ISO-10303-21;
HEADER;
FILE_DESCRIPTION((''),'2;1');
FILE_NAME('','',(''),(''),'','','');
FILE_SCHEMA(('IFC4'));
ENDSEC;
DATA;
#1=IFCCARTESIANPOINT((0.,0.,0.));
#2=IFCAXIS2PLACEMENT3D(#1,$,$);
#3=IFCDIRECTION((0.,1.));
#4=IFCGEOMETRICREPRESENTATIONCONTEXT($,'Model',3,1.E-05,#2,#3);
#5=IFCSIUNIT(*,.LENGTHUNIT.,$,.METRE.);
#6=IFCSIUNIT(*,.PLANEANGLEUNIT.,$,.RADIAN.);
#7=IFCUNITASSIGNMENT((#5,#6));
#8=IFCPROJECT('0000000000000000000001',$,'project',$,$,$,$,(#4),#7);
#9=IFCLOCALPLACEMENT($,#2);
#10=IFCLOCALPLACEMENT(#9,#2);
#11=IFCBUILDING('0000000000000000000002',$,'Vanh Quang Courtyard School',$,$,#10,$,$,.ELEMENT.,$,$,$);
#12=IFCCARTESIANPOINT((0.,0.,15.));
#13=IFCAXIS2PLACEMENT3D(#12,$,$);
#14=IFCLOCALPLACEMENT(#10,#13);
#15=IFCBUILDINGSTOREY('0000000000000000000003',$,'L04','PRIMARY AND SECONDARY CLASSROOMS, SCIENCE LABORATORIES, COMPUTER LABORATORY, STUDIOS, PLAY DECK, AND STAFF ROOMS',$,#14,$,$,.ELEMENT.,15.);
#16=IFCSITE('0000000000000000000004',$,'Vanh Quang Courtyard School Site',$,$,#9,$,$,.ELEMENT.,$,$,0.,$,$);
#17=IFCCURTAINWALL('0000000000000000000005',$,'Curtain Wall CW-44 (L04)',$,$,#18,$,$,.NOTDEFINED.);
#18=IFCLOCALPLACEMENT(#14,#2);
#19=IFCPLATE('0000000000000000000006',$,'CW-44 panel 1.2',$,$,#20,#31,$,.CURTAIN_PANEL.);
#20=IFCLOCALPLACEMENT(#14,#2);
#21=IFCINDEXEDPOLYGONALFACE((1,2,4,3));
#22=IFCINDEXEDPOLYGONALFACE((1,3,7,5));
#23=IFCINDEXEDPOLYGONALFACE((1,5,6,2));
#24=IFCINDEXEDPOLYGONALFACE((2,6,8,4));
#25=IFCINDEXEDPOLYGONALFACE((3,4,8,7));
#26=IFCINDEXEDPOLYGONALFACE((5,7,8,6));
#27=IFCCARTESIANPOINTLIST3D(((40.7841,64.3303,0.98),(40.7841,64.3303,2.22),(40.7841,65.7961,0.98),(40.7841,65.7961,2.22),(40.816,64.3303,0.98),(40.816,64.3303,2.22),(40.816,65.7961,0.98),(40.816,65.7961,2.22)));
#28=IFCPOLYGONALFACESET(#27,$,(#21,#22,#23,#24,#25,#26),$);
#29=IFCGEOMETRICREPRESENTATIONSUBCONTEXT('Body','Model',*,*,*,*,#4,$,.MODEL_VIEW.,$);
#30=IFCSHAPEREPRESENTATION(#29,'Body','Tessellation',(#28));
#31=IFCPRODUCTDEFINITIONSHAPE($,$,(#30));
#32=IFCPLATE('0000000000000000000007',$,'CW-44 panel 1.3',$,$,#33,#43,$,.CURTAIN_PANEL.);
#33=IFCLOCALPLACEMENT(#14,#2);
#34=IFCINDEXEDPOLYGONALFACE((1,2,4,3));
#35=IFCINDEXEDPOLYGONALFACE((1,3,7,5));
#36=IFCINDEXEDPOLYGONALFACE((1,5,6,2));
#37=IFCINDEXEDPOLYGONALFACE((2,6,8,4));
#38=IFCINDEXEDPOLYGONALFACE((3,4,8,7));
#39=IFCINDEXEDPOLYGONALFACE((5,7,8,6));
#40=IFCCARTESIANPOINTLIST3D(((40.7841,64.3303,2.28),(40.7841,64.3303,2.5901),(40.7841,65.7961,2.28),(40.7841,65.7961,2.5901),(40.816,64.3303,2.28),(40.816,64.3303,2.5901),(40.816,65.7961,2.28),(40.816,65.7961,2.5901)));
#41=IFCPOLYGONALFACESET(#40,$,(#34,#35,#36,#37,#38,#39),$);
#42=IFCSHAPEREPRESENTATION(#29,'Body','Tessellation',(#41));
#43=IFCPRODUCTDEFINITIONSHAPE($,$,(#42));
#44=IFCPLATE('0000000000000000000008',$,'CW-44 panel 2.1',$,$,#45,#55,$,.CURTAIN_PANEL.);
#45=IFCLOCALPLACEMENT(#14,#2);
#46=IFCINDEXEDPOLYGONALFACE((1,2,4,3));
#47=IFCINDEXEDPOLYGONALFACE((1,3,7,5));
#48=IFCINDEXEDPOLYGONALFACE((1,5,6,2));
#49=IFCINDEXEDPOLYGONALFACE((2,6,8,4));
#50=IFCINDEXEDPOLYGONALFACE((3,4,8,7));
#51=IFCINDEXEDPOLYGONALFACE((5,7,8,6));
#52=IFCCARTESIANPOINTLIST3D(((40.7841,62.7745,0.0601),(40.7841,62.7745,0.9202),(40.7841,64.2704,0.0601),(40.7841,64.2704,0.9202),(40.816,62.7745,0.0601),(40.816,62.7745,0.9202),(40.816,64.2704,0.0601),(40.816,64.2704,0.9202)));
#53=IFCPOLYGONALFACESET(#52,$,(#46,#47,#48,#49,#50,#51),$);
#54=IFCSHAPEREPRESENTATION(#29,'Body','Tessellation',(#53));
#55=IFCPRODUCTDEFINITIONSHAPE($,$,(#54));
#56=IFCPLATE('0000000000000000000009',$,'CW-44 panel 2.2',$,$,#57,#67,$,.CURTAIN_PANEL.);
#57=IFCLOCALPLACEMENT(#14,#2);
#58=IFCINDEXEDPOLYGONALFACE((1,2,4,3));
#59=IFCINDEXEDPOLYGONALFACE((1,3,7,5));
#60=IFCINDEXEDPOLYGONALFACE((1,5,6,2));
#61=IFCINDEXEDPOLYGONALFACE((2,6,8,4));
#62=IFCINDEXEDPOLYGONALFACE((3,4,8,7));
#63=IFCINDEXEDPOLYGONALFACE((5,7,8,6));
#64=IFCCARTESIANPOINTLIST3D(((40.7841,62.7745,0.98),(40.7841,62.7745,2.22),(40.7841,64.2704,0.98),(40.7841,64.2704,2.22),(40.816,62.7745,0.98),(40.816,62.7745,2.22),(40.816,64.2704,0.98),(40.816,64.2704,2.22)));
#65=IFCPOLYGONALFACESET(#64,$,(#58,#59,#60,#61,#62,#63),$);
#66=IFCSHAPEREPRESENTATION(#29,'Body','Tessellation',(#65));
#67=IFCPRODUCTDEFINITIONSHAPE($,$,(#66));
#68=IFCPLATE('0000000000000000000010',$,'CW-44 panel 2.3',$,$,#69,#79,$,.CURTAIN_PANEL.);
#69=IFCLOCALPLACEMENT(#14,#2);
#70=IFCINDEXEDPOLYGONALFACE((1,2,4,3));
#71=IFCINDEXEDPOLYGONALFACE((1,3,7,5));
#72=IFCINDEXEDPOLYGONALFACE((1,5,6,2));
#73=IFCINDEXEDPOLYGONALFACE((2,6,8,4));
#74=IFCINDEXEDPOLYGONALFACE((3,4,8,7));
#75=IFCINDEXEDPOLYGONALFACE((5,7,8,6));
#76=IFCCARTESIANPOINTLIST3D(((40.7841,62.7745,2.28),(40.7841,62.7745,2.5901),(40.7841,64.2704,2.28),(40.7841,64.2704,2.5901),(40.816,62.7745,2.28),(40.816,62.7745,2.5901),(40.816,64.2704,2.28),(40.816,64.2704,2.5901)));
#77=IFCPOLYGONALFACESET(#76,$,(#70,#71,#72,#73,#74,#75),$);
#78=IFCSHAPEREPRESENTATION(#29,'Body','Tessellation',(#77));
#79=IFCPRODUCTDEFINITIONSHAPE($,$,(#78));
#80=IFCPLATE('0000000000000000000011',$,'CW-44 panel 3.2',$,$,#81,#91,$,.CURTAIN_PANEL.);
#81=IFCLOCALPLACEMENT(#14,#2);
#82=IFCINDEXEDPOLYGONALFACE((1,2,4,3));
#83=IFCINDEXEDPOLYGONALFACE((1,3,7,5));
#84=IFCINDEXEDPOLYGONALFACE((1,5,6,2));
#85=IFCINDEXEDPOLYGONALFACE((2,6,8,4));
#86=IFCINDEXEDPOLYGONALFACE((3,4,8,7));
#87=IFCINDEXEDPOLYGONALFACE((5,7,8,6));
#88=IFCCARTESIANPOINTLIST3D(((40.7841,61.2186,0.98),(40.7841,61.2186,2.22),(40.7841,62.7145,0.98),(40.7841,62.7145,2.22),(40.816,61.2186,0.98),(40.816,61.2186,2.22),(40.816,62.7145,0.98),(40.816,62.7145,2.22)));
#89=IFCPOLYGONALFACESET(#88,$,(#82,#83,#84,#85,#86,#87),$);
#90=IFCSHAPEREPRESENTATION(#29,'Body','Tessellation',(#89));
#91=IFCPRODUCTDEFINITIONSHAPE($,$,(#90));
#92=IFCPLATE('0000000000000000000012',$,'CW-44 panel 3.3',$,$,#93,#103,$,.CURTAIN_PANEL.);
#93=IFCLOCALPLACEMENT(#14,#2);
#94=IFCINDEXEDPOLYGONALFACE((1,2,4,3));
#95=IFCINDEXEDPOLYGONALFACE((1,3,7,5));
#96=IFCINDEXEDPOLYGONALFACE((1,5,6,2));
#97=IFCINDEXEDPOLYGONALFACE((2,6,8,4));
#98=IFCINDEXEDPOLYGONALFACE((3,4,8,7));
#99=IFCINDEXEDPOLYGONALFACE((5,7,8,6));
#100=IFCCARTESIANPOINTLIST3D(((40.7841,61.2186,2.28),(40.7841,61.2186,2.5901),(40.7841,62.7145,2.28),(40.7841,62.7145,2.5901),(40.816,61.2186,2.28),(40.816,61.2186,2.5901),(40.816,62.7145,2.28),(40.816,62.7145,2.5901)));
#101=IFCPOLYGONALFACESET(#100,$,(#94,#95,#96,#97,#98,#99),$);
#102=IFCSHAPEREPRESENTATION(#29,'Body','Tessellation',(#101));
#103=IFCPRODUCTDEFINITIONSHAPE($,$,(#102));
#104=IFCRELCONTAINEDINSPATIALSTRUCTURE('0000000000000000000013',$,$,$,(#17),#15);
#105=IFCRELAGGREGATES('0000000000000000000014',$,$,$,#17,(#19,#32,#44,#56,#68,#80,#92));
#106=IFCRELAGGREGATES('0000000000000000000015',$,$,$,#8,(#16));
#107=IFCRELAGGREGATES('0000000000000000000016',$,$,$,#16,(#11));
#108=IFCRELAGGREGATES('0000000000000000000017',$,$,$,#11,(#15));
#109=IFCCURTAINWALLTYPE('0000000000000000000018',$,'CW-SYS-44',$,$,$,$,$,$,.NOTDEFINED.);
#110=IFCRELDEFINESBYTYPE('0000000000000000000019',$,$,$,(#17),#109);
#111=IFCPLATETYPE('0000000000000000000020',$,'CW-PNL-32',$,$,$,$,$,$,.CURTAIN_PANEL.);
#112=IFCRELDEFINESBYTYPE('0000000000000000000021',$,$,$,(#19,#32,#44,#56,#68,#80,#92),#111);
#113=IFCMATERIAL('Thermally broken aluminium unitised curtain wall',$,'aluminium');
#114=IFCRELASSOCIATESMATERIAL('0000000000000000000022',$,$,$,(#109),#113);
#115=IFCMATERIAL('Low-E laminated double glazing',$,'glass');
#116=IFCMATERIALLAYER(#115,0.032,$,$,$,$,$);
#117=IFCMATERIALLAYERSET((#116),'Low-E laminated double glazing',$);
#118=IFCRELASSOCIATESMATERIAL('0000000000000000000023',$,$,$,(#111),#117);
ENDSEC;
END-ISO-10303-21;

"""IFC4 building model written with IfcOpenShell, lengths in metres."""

from ifc_helpers import new_model, si_unit, direction, frame, origin, origin_2d, place, context, subcontext, project, spatial, rectangle, extrude, material, layer, layer_set, type_object, element, aggregate, save


model = new_model("IFC4")

# Units and contexts
model_context = context("Model", 3, precision=1e-05, world=origin(), true_north=direction((0.0, 1.0)))
body_context = subcontext(model_context, "Body", "Model", "MODEL_VIEW")
ifc_project = project(units=[si_unit("LENGTHUNIT", "METRE"), si_unit("PLANEANGLEUNIT", "RADIAN")], contexts=[model_context])

# Site, building, storey
site_placement = place(None, origin())
site = spatial("IfcSite", under=ifc_project, at=site_placement, Name="Vanh Quang Courtyard School Site", CompositionType="ELEMENT", RefElevation=0.0)
building_placement = place(site_placement, origin())
building = spatial("IfcBuilding", under=site, at=building_placement, Name="Vanh Quang Courtyard School", CompositionType="ELEMENT")
storey_placement = place(building_placement, frame((0.0, 0.0, 15.0)))
storey = spatial("IfcBuildingStorey", under=building, at=storey_placement, Name="L04", Description="PRIMARY AND SECONDARY CLASSROOMS, SCIENCE LABORATORIES, COMPUTER LABORATORY, STUDIOS, PLAY DECK, AND STAFF ROOMS", CompositionType="ELEMENT", Elevation=15.0)

# Curtain wall
ifc_material_1 = material(Name="Thermally broken aluminium unitised curtain wall", Category="aluminium")
curtain_wall_type_1 = type_object("IfcCurtainWallType", Name="CW-SYS-44", PredefinedType="NOTDEFINED", material=ifc_material_1)
curtain_wall_1_placement = place(storey_placement, origin())
curtain_wall_1 = element("IfcCurtainWall", 1, at=curtain_wall_1_placement, inside=storey, type_object=curtain_wall_type_1, Name="Curtain Wall CW-44 (L04)", PredefinedType="NOTDEFINED")

# Plates
ifc_material_2 = material(Name="Low-E laminated double glazing", Category="glass")
ifc_layer = layer(ifc_material_2, 0.032)
ifc_layer_set = layer_set([ifc_layer], Name="Low-E laminated double glazing")
plate_type = type_object("IfcPlateType", Name="CW-PNL-32", PredefinedType="CURTAIN_PANEL", material=ifc_layer_set)
plate_1_placement = place(storey_placement, frame((40.8, 65.0632, 0.98), z_axis=(0.0, 0.0, 1.0), x_axis=(0.0, -1.0, 0.0)))
plate_1 = element("IfcPlate", 2, at=plate_1_placement, type_object=plate_type, Name="CW-44 panel 1.2", PredefinedType="CURTAIN_PANEL", context=body_context, shape_type="SweptSolid", body=[
    extrude(rectangle(XDim=1.4658, YDim=0.032, at=origin_2d()), origin(), (0.0, 0.0, 1.0), 1.24),
])
plate_2_placement = place(storey_placement, frame((40.8, 65.0632, 2.28), z_axis=(0.0, 0.0, 1.0), x_axis=(0.0, -1.0, 0.0)))
plate_2 = element("IfcPlate", 3, at=plate_2_placement, type_object=plate_type, Name="CW-44 panel 1.3", PredefinedType="CURTAIN_PANEL", context=body_context, shape_type="SweptSolid", body=[
    extrude(rectangle(XDim=1.4658, YDim=0.032, at=origin_2d()), origin(), (0.0, 0.0, 1.0), 0.3101),
])
plate_3_placement = place(storey_placement, frame((40.8, 63.5225, 0.0601), z_axis=(0.0, 0.0, 1.0), x_axis=(0.0, -1.0, 0.0)))
plate_3 = element("IfcPlate", 4, at=plate_3_placement, type_object=plate_type, Name="CW-44 panel 2.1", PredefinedType="CURTAIN_PANEL", context=body_context, shape_type="SweptSolid", body=[
    extrude(rectangle(XDim=1.4958, YDim=0.032, at=origin_2d()), origin(), (0.0, 0.0, 1.0), 0.8601),
])
plate_4_placement = place(storey_placement, frame((40.8, 63.5225, 0.98), z_axis=(0.0, 0.0, 1.0), x_axis=(0.0, -1.0, 0.0)))
plate_4 = element("IfcPlate", 5, at=plate_4_placement, type_object=plate_type, Name="CW-44 panel 2.2", PredefinedType="CURTAIN_PANEL", context=body_context, shape_type="SweptSolid", body=[
    extrude(rectangle(XDim=1.4958, YDim=0.032, at=origin_2d()), origin(), (0.0, 0.0, 1.0), 1.24),
])
plate_5_placement = place(storey_placement, frame((40.8, 63.5225, 2.28), z_axis=(0.0, 0.0, 1.0), x_axis=(0.0, -1.0, 0.0)))
plate_5 = element("IfcPlate", 6, at=plate_5_placement, type_object=plate_type, Name="CW-44 panel 2.3", PredefinedType="CURTAIN_PANEL", context=body_context, shape_type="SweptSolid", body=[
    extrude(rectangle(XDim=1.4958, YDim=0.032, at=origin_2d()), origin(), (0.0, 0.0, 1.0), 0.3101),
])
plate_6_placement = place(storey_placement, frame((40.8, 61.9666, 0.98), z_axis=(0.0, 0.0, 1.0), x_axis=(0.0, -1.0, 0.0)))
plate_6 = element("IfcPlate", 7, at=plate_6_placement, type_object=plate_type, Name="CW-44 panel 3.2", PredefinedType="CURTAIN_PANEL", context=body_context, shape_type="SweptSolid", body=[
    extrude(rectangle(XDim=1.4958, YDim=0.032, at=origin_2d()), origin(), (0.0, 0.0, 1.0), 1.24),
])
plate_7_placement = place(storey_placement, frame((40.8, 61.9666, 2.28), z_axis=(0.0, 0.0, 1.0), x_axis=(0.0, -1.0, 0.0)))
plate_7 = element("IfcPlate", 8, at=plate_7_placement, type_object=plate_type, Name="CW-44 panel 3.3", PredefinedType="CURTAIN_PANEL", context=body_context, shape_type="SweptSolid", body=[
    extrude(rectangle(XDim=1.4958, YDim=0.032, at=origin_2d()), origin(), (0.0, 0.0, 1.0), 0.3101),
])
aggregate(curtain_wall_1, [plate_1, plate_2, plate_3, plate_4, plate_5, plate_6, plate_7])

save(model, "model.ifc")
